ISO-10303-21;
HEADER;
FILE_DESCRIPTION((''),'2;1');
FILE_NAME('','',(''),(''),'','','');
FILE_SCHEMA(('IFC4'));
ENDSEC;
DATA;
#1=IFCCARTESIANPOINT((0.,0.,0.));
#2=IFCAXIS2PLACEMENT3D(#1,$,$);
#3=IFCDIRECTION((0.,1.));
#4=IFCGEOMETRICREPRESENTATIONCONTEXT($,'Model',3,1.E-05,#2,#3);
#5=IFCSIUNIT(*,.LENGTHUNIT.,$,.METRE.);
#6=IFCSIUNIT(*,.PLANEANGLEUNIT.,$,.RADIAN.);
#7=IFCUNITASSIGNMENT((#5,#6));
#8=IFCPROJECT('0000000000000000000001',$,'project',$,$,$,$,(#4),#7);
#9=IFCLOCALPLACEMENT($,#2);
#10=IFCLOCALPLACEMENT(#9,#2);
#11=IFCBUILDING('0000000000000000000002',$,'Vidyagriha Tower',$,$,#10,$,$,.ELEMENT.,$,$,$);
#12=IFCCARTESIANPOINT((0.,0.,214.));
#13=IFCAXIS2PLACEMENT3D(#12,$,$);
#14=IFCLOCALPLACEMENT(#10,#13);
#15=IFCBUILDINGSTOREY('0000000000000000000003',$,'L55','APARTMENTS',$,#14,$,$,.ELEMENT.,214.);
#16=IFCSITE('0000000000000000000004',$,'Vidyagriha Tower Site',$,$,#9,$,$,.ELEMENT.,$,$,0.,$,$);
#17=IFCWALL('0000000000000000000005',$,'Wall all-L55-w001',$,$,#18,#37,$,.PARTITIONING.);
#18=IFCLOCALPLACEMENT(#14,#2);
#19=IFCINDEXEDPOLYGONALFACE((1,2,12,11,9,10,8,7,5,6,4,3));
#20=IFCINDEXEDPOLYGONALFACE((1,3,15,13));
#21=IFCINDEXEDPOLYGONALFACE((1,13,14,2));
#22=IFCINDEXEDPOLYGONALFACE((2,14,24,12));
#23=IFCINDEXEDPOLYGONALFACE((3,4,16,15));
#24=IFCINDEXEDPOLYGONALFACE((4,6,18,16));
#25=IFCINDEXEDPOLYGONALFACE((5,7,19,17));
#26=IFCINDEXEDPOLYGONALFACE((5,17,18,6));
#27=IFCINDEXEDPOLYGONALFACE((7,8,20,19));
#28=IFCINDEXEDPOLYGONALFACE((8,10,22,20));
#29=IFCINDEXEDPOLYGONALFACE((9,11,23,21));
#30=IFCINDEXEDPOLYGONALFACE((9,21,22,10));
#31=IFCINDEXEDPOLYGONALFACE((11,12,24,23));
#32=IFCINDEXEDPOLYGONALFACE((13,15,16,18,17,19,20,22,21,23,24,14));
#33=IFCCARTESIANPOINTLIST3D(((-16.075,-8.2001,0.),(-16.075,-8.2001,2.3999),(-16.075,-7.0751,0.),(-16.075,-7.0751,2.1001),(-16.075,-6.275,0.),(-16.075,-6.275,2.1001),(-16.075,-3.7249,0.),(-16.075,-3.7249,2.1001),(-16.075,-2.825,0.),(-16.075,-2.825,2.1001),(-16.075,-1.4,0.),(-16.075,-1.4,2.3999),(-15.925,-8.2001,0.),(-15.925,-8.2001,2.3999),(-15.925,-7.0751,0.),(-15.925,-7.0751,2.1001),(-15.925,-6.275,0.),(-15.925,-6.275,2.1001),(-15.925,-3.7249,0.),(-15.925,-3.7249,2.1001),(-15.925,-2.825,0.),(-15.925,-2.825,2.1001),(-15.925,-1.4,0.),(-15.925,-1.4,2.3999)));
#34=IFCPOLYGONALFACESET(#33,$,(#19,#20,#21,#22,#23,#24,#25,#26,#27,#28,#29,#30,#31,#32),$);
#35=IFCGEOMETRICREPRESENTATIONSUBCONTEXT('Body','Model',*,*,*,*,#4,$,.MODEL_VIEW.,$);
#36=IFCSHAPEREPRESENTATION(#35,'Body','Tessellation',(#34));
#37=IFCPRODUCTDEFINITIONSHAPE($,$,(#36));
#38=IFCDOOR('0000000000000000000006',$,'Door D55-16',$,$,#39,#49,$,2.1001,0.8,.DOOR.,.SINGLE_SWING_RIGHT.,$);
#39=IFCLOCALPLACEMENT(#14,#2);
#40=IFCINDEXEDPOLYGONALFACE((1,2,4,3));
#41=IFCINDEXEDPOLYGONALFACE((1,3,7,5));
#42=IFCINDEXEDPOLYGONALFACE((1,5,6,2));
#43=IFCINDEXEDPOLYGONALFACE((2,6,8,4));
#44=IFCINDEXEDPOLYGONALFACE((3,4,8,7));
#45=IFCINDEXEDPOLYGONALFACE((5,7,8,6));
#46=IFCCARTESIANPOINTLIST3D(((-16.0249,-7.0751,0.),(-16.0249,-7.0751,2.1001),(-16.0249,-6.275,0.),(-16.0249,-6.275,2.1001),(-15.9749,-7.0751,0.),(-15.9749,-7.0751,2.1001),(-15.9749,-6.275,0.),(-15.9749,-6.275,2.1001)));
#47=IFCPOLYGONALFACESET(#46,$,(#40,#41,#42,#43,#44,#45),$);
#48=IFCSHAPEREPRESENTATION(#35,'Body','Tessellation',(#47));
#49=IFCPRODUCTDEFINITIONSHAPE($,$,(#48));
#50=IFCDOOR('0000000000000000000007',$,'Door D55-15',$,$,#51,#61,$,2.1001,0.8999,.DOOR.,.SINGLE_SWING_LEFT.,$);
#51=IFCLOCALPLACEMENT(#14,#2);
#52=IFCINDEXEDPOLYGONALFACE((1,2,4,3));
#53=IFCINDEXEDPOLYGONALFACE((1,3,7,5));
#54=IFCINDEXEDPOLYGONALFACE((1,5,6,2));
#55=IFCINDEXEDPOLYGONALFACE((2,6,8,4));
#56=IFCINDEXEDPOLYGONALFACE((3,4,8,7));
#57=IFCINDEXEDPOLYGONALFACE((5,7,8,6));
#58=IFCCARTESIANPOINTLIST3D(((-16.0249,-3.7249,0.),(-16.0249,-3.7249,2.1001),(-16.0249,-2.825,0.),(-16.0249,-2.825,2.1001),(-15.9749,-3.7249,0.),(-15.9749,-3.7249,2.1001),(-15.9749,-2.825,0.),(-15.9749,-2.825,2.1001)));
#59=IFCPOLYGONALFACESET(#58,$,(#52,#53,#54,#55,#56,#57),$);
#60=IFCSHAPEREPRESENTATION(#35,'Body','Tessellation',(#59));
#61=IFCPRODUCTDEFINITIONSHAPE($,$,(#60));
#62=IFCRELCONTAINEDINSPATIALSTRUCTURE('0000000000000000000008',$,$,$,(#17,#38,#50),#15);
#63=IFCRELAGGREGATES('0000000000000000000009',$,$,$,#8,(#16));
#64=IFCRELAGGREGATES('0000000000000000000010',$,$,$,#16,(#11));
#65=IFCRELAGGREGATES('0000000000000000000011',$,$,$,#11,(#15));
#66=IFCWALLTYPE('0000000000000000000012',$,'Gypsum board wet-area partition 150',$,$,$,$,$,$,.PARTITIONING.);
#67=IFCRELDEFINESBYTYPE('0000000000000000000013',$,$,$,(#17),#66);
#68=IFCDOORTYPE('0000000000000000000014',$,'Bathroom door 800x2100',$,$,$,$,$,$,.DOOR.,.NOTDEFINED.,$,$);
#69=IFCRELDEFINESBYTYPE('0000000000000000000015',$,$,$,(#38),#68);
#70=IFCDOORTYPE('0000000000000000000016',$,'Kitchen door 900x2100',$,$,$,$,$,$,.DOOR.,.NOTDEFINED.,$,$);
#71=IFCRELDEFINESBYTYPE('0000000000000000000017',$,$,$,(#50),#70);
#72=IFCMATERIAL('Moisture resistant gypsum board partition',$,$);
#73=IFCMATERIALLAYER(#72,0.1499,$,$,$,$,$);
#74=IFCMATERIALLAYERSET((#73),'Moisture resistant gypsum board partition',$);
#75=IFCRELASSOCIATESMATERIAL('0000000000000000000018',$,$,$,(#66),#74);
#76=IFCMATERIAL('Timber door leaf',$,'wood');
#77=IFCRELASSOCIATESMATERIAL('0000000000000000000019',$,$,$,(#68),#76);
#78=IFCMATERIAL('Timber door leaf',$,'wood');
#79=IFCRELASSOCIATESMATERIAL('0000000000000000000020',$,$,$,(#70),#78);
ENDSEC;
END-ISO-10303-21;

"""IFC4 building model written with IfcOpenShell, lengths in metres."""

from ifc_helpers import new_model, si_unit, direction, frame, frame_2d, origin, place, context, subcontext, project, spatial, rectangle, extrude, material, layer, layer_set, type_object, element, fill, save


model = new_model("IFC4")

# Units and contexts
model_context = context("Model", 3, precision=1e-05, world=origin(), true_north=direction((0.0, 1.0)))
body_context = subcontext(model_context, "Body", "Model", "MODEL_VIEW")
ifc_project = project(units=[si_unit("LENGTHUNIT", "METRE"), si_unit("PLANEANGLEUNIT", "RADIAN")], contexts=[model_context])

# Site, building, storey
site_placement = place(None, origin())
site = spatial("IfcSite", under=ifc_project, at=site_placement, Name="Vidyagriha Tower Site", CompositionType="ELEMENT", RefElevation=0.0)
building_placement = place(site_placement, origin())
building = spatial("IfcBuilding", under=site, at=building_placement, Name="Vidyagriha Tower", CompositionType="ELEMENT")
storey_placement = place(building_placement, frame((0.0, 0.0, 214.0)))
storey = spatial("IfcBuildingStorey", under=building, at=storey_placement, Name="L55", Description="APARTMENTS", CompositionType="ELEMENT", Elevation=214.0)

# Wall, openings, doors
ifc_material_1 = material(Name="Moisture resistant gypsum board partition")
ifc_layer_1 = layer(ifc_material_1, 0.1499)
ifc_layer_set_1 = layer_set([ifc_layer_1], Name="Moisture resistant gypsum board partition")
wall_type_1 = type_object("IfcWallType", Name="Gypsum board wet-area partition 150", PredefinedType="PARTITIONING", material=ifc_layer_set_1)
wall_1_placement = place(storey_placement, frame((-16.0, -8.2, 0.0), z_axis=(0.0, 0.0, 1.0), x_axis=(0.0, 1.0, 0.0)))
wall_1 = element("IfcWall", 1, at=wall_1_placement, inside=storey, type_object=wall_type_1, Name="Wall all-L55-w001", PredefinedType="PARTITIONING", context=body_context, shape_type="SweptSolid", body=[
    extrude(rectangle(XDim=6.8, YDim=0.1499, at=frame_2d((3.3999, 0.0))), origin(), (0.0, 0.0, 1.0), 2.3999),
])
opening_1_placement = place(wall_1_placement, frame((4.4751, 0.0, 0.0)))
opening_1 = element("IfcOpeningElement", 2, at=opening_1_placement, cuts=wall_1, PredefinedType="OPENING", context=body_context, shape_type="SweptSolid", body=[
    extrude(rectangle(XDim=0.8999, YDim=2.1001, at=frame_2d((0.45, 1.05))), frame((0.0, 0.085, 0.0), z_axis=(0.0, -1.0, 0.0), x_axis=(1.0, 0.0, 0.0)), (0.0, 0.0, 1.0), 0.1699),
])
opening_2_placement = place(wall_1_placement, frame((1.125, 0.0, 0.0)))
opening_2 = element("IfcOpeningElement", 3, at=opening_2_placement, cuts=wall_1, PredefinedType="OPENING", context=body_context, shape_type="SweptSolid", body=[
    extrude(rectangle(XDim=0.8, YDim=2.1001, at=frame_2d((0.3999, 1.05))), frame((0.0, 0.085, 0.0), z_axis=(0.0, -1.0, 0.0), x_axis=(1.0, 0.0, 0.0)), (0.0, 0.0, 1.0), 0.1699),
])
ifc_material_2 = material(Name="Timber door leaf", Category="wood")
door_type_1 = type_object("IfcDoorType", Name="Bathroom door 800x2100", OperationType="NOTDEFINED", PredefinedType="DOOR", material=ifc_material_2)
door_1_placement = place(opening_2_placement, origin())
door_1 = element("IfcDoor", 4, at=door_1_placement, inside=storey, type_object=door_type_1, Name="Door D55-16", OperationType="SINGLE_SWING_RIGHT", OverallHeight=2.1001, OverallWidth=0.8, PredefinedType="DOOR", context=body_context, shape_type="SweptSolid", body=[
    extrude(rectangle(XDim=0.8, YDim=2.1001, at=frame_2d((0.3999, 1.05))), frame((0.0, 0.0249, 0.0), z_axis=(0.0, -1.0, 0.0), x_axis=(1.0, 0.0, 0.0)), (0.0, 0.0, 1.0), 0.05),
])
fill(opening_2, door_1)
ifc_material_3 = material(Name="Timber door leaf", Category="wood")
door_type_2 = type_object("IfcDoorType", Name="Kitchen door 900x2100", OperationType="NOTDEFINED", PredefinedType="DOOR", material=ifc_material_3)
door_2_placement = place(opening_1_placement, origin())
door_2 = element("IfcDoor", 5, at=door_2_placement, inside=storey, type_object=door_type_2, Name="Door D55-15", OperationType="SINGLE_SWING_LEFT", OverallHeight=2.1001, OverallWidth=0.8999, PredefinedType="DOOR", context=body_context, shape_type="SweptSolid", body=[
    extrude(rectangle(XDim=0.8999, YDim=2.1001, at=frame_2d((0.45, 1.05))), frame((0.0, 0.0249, 0.0), z_axis=(0.0, -1.0, 0.0), x_axis=(1.0, 0.0, 0.0)), (0.0, 0.0, 1.0), 0.05),
])
fill(opening_1, door_2)

save(model, "model.ifc")
